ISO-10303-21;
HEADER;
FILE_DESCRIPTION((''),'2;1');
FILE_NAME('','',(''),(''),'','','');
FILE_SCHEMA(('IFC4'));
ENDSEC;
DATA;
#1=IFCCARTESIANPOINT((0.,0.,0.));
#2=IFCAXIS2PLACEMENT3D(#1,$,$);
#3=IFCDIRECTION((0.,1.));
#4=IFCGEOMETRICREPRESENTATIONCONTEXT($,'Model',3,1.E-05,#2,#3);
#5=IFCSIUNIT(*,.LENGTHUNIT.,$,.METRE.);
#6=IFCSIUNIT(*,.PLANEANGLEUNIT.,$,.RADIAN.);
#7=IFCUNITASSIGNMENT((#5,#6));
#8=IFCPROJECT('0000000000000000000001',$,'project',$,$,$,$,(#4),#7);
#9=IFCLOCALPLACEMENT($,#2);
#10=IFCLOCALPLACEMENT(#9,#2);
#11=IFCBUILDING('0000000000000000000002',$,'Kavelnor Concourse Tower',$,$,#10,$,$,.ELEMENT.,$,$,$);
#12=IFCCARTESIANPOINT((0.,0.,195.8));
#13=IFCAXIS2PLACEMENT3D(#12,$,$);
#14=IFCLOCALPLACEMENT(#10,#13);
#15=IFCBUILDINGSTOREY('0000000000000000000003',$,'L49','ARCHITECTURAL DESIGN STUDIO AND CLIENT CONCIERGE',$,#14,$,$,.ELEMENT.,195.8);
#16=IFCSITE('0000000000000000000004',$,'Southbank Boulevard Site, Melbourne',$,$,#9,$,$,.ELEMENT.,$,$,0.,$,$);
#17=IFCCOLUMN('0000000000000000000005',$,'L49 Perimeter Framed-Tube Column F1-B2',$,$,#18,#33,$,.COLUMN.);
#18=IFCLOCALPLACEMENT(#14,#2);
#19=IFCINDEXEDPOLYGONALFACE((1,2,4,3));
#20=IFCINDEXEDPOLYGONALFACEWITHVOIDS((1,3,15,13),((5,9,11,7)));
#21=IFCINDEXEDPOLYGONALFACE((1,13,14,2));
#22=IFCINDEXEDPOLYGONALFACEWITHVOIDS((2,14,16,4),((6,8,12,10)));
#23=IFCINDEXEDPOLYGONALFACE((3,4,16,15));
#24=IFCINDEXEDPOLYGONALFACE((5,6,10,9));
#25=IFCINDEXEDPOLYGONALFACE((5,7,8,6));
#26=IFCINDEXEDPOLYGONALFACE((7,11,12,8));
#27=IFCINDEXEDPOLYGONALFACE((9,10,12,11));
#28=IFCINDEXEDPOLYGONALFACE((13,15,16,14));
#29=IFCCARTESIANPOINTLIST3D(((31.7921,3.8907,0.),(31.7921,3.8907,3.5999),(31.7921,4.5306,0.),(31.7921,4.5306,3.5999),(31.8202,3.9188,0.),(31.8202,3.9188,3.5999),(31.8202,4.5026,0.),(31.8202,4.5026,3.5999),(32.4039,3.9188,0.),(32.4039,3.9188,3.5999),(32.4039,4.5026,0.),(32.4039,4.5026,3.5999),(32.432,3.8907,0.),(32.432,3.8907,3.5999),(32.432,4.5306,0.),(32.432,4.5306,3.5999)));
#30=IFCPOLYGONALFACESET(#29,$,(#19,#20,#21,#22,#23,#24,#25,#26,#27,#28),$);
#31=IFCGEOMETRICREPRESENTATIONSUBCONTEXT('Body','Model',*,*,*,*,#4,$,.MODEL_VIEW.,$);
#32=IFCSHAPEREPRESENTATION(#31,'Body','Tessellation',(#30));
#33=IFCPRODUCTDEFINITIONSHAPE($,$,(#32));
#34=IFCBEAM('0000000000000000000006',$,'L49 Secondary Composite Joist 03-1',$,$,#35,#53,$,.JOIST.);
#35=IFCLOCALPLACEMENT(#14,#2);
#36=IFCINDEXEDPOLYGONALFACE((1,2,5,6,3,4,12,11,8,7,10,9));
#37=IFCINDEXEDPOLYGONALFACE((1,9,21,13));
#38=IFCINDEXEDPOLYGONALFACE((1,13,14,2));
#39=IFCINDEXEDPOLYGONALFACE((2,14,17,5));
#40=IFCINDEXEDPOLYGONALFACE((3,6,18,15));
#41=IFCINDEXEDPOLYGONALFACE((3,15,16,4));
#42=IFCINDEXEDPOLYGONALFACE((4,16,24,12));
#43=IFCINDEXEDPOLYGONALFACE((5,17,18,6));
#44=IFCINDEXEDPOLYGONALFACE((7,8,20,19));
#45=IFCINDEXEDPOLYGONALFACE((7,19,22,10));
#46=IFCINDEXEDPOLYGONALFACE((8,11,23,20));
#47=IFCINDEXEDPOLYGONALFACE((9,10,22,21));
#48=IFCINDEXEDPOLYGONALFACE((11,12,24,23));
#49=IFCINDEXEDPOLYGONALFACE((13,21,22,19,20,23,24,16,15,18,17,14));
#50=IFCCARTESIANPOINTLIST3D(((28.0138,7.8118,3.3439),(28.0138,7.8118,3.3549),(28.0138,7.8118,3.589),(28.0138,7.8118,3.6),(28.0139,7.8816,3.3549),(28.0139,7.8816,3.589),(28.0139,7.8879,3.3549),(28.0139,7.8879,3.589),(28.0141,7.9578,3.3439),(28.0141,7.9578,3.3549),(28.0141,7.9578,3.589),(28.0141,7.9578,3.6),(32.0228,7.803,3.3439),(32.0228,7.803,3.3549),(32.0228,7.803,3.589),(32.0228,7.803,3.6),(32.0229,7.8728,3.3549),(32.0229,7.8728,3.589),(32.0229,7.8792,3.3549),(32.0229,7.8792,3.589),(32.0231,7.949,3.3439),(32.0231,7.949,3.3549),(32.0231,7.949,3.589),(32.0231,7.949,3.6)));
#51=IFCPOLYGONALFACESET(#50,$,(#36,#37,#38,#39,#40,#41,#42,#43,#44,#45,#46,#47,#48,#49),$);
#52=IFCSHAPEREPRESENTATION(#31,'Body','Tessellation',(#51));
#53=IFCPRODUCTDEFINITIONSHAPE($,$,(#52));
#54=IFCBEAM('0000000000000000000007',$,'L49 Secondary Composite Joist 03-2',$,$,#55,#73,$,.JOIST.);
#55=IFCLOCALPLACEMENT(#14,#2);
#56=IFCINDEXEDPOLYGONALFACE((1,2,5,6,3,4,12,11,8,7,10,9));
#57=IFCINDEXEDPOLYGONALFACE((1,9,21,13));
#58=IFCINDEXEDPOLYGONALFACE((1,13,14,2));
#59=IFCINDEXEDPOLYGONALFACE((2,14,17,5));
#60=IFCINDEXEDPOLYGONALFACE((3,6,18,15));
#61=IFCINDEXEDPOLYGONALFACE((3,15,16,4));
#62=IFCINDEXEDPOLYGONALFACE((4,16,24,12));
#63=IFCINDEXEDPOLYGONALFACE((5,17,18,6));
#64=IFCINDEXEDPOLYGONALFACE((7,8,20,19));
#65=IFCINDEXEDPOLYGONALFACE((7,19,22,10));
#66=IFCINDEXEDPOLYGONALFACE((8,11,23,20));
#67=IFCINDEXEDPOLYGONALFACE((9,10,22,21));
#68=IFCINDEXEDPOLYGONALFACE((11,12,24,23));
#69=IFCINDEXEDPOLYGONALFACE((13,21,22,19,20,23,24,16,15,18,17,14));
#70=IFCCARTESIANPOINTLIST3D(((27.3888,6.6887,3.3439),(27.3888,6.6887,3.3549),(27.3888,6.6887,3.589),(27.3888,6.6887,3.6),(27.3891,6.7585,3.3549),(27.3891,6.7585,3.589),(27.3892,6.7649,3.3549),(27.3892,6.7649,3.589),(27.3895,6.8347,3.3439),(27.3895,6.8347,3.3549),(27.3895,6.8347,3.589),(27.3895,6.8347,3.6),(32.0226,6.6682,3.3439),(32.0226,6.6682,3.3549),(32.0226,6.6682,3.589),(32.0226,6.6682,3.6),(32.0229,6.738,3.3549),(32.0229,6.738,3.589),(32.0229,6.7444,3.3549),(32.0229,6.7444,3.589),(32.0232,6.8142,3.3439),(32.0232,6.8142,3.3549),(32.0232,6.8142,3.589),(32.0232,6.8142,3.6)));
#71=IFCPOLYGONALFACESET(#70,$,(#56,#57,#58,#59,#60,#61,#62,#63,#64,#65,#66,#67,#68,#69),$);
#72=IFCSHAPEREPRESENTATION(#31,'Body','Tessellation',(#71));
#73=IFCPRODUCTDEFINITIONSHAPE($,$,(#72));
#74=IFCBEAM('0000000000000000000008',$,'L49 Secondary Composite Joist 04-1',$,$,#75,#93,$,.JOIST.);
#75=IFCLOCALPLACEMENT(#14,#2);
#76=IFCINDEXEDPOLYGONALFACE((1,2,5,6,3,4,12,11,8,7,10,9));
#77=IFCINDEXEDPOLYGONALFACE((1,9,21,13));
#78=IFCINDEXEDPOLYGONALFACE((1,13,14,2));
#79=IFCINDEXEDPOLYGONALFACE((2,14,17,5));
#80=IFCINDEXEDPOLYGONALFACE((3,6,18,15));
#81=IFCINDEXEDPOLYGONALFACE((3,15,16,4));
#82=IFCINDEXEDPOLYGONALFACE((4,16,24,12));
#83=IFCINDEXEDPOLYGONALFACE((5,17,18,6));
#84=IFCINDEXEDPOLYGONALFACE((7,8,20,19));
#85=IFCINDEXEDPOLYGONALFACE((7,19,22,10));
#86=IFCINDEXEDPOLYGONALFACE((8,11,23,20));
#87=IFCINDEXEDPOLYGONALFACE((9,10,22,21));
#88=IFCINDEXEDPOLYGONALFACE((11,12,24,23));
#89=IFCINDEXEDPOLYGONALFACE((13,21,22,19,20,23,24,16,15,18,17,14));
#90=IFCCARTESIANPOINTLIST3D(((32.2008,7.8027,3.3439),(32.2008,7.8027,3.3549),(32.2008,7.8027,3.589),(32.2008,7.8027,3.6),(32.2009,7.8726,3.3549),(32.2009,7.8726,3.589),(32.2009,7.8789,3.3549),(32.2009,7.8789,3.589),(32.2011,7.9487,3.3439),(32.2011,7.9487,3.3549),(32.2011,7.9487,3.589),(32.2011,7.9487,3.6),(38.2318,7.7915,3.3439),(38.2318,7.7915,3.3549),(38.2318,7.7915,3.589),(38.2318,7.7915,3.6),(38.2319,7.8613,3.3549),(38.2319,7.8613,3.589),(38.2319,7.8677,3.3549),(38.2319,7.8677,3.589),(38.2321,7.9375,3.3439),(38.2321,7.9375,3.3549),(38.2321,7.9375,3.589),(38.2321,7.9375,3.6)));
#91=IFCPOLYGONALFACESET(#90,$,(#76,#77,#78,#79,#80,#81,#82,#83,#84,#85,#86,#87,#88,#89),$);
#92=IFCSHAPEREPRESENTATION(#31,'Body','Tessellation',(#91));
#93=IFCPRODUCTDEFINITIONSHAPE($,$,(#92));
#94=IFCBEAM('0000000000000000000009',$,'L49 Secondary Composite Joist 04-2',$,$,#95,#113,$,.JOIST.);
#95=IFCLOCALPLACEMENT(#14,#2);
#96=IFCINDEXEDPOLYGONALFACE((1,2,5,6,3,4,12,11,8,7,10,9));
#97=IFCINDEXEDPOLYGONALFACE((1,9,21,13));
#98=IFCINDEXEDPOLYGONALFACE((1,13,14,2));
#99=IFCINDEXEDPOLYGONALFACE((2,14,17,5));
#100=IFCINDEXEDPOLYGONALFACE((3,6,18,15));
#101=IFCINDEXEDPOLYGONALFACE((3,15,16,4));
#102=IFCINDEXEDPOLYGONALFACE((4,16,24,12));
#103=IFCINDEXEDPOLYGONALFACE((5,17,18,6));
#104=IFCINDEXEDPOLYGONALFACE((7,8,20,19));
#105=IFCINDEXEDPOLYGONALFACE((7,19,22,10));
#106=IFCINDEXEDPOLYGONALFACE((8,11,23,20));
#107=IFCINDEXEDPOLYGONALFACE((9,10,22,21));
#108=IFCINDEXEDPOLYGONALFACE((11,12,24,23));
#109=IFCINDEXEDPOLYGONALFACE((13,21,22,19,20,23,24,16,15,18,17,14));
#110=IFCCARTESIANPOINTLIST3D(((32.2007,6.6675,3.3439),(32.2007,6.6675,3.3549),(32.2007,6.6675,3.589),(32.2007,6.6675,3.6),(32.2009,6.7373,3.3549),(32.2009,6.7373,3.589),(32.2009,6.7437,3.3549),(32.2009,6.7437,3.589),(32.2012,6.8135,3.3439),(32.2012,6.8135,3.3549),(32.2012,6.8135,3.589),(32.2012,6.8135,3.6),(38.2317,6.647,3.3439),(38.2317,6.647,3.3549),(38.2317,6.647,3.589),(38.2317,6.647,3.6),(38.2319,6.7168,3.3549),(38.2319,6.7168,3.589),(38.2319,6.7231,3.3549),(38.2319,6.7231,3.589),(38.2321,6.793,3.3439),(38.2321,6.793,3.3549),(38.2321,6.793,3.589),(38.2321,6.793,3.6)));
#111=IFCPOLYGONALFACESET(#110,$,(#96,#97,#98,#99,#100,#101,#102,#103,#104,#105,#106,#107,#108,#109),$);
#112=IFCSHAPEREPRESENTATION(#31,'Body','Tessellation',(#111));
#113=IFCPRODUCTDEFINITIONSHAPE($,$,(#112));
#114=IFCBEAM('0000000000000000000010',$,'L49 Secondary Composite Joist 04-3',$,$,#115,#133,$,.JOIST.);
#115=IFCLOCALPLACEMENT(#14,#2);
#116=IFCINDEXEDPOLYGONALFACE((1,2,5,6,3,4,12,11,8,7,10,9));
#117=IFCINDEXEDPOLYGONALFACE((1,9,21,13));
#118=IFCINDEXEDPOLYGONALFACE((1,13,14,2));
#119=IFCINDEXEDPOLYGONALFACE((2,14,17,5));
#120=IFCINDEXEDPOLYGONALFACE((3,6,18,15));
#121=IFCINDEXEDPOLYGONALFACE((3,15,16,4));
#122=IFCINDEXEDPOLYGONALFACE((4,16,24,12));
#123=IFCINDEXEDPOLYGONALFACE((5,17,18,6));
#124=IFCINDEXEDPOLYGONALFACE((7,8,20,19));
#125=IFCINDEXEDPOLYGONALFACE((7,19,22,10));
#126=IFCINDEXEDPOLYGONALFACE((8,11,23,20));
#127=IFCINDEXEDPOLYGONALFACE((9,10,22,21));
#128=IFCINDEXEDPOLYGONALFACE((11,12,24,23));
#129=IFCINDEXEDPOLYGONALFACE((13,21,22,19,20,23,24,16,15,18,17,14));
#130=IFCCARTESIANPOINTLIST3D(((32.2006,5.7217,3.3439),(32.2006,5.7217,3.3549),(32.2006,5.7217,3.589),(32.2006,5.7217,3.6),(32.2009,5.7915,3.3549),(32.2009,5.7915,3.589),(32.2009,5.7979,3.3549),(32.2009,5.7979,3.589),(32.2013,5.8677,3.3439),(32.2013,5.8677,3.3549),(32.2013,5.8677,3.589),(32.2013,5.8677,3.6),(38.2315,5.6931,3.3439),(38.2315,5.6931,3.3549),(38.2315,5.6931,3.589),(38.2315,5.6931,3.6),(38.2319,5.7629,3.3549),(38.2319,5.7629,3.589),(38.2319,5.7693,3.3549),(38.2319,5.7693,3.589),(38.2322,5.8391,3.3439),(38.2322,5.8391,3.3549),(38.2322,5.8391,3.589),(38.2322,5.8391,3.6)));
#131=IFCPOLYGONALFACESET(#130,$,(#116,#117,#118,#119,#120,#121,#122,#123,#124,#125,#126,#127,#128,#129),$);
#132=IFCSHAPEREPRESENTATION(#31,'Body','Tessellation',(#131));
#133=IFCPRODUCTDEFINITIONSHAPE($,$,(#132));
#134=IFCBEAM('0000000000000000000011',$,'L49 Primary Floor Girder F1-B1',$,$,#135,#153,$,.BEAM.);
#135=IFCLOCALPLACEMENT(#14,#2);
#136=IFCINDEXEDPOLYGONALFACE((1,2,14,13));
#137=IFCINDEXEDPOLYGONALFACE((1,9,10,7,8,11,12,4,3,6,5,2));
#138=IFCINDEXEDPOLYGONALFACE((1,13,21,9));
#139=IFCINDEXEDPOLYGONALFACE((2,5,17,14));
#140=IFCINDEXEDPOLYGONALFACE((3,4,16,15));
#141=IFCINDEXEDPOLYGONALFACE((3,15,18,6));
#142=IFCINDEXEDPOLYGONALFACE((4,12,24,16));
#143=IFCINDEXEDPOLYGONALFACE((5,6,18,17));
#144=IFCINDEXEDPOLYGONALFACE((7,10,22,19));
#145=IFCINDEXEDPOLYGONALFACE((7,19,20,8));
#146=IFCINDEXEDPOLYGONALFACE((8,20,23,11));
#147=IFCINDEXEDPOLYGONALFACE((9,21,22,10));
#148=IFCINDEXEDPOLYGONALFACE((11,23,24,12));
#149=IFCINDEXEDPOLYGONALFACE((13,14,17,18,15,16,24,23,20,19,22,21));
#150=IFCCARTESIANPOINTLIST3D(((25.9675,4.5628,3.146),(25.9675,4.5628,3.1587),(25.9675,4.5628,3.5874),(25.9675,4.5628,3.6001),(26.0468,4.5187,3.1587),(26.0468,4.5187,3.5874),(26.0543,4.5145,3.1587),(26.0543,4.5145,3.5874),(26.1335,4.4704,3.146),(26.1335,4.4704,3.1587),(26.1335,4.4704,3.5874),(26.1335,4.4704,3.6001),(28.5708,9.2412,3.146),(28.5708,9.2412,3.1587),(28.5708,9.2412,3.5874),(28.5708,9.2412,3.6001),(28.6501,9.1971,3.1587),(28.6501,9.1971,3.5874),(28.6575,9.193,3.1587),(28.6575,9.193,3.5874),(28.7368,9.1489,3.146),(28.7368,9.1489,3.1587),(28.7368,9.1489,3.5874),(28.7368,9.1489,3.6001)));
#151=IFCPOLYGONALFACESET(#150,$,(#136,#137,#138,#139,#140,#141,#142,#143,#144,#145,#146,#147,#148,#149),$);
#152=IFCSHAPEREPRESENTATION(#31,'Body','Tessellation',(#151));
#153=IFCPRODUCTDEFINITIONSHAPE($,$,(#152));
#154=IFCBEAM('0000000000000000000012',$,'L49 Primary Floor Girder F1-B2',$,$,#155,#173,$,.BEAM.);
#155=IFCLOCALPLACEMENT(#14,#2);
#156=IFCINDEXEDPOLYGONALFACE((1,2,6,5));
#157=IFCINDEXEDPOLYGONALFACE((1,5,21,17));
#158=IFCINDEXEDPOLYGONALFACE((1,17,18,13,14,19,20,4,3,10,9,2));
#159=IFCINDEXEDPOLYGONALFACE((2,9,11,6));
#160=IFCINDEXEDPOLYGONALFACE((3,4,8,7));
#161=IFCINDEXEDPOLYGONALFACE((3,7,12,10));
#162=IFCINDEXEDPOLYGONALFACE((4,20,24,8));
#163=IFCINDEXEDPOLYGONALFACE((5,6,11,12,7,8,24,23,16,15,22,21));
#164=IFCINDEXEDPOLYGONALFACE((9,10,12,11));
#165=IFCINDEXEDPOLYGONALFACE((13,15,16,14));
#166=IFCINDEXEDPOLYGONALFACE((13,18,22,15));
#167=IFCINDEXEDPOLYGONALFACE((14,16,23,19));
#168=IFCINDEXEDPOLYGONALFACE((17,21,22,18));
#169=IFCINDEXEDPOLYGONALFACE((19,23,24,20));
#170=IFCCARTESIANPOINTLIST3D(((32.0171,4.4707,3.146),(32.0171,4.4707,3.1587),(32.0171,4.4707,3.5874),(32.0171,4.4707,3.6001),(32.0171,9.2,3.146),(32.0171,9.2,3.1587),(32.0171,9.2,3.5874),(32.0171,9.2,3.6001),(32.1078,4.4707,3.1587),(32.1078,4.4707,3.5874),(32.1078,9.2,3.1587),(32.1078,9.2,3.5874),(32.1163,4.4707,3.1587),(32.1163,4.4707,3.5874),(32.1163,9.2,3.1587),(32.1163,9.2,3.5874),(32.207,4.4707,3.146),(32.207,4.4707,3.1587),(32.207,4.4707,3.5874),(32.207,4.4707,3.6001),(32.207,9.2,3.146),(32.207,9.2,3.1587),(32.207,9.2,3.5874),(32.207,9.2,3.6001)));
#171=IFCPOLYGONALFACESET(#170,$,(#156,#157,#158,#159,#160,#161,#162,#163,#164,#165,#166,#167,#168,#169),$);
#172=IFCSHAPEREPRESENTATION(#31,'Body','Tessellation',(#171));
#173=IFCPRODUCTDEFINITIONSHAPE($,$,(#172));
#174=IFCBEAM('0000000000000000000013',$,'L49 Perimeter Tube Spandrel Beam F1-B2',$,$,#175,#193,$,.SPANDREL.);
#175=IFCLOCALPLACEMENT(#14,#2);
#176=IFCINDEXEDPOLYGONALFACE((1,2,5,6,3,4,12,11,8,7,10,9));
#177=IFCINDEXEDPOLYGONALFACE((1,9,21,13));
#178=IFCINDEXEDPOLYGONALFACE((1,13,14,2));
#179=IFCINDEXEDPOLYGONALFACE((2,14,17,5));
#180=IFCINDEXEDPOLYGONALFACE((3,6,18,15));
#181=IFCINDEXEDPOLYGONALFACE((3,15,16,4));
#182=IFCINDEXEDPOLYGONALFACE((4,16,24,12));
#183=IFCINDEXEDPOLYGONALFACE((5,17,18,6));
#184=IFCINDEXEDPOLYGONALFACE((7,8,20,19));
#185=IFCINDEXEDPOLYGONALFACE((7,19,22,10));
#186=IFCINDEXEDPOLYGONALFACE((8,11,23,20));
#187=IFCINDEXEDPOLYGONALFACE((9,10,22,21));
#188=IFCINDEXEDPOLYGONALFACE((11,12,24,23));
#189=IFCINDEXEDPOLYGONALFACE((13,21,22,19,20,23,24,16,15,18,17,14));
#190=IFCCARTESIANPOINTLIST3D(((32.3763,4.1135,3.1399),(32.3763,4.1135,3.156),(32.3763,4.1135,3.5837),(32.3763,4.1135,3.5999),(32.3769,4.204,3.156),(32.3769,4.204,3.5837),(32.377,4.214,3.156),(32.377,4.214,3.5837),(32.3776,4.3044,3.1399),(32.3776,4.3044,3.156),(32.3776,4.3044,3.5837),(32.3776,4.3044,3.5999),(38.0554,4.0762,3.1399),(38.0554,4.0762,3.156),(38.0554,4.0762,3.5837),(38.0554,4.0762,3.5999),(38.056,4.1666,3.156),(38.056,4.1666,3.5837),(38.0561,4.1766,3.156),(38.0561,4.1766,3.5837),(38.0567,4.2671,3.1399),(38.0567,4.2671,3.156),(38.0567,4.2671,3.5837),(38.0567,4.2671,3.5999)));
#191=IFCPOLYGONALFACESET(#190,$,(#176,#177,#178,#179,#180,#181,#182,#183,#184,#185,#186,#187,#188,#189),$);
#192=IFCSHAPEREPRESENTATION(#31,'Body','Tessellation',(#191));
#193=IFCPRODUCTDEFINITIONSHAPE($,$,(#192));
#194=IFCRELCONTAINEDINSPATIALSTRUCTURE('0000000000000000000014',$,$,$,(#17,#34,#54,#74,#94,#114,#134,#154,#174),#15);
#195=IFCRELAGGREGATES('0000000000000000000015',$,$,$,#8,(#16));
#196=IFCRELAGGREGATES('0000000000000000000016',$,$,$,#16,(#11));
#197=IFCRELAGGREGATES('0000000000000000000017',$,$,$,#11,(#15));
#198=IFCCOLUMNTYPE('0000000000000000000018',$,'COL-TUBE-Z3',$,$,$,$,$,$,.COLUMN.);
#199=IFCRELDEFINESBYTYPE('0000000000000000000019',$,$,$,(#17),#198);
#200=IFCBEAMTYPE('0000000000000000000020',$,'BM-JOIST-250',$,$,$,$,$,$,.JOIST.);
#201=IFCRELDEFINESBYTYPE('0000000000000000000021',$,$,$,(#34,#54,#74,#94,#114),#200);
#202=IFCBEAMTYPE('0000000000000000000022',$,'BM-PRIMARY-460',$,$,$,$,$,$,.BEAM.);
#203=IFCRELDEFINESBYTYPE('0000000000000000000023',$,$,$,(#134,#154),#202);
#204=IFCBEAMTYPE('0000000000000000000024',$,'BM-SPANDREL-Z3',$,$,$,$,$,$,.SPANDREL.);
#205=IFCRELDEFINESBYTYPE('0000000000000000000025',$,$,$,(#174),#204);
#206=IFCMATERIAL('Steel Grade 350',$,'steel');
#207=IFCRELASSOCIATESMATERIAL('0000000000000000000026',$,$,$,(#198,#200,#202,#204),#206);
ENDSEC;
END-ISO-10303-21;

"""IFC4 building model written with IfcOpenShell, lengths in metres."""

from ifc_helpers import new_model, si_unit, direction, frame, origin, origin_2d, place, context, subcontext, project, spatial, hollow_rectangle, i_section, extrude, material, material_profile, profile_set, type_object, element, save


model = new_model("IFC4")

# Units and contexts
model_context = context("Model", 3, precision=1e-05, world=origin(), true_north=direction((0.0, 1.0)))
body_context = subcontext(model_context, "Body", "Model", "MODEL_VIEW")
ifc_project = project(units=[si_unit("LENGTHUNIT", "METRE"), si_unit("PLANEANGLEUNIT", "RADIAN")], contexts=[model_context])

# Site, building, storey
site_placement = place(None, origin())
site = spatial("IfcSite", under=ifc_project, at=site_placement, Name="Southbank Boulevard Site, Melbourne", CompositionType="ELEMENT", RefElevation=0.0)
building_placement = place(site_placement, origin())
building = spatial("IfcBuilding", under=site, at=building_placement, Name="Kavelnor Concourse Tower", CompositionType="ELEMENT")
storey_placement = place(building_placement, frame((0.0, 0.0, 195.8)))
storey = spatial("IfcBuildingStorey", under=building, at=storey_placement, Name="L49", Description="ARCHITECTURAL DESIGN STUDIO AND CLIENT CONCIERGE", CompositionType="ELEMENT", Elevation=195.8)

# Column
ifc_material_1 = material(Name="Steel Grade 350", Category="steel")
ifc_material_profile_1 = material_profile(ifc_material_1, hollow_rectangle(XDim=0.6399, YDim=0.6399, WallThickness=0.0281, at=origin_2d()), Name="SHS 640x640x28")
ifc_profile_set_1 = profile_set([ifc_material_profile_1], Name="Steel Grade 350")
column_type = type_object("IfcColumnType", Name="COL-TUBE-Z3", PredefinedType="COLUMN", material=ifc_profile_set_1)
column_placement = place(storey_placement, frame((32.1121, 4.2107, 0.0), z_axis=(0.0, 0.0, 1.0), x_axis=(1.0, 0.0, 0.0)))
element("IfcColumn", 1, at=column_placement, inside=storey, type_object=column_type, Name="L49 Perimeter Framed-Tube Column F1-B2", PredefinedType="COLUMN", context=body_context, shape_type="SweptSolid", body=[
    extrude(hollow_rectangle(XDim=0.6399, YDim=0.6399, WallThickness=0.0281, at=origin_2d()), origin(), (0.0, 0.0, 1.0), 3.5999),
])

# Beams
ifc_material_profile_2 = material_profile(ifc_material_1, i_section(OverallWidth=0.146, OverallDepth=0.2561, WebThickness=0.0063, FlangeThickness=0.011, at=origin_2d()), Name="250UB37")
ifc_profile_set_2 = profile_set([ifc_material_profile_2], Name="Steel Grade 350")
beam_type_1 = type_object("IfcBeamType", Name="BM-JOIST-250", PredefinedType="JOIST", material=ifc_profile_set_2)
beam_1_placement = place(storey_placement, frame((28.0139, 7.8848, 3.4719), z_axis=(0.999998, -0.002192, 0.0), x_axis=(0.002192, 0.999998, 0.0)))
element("IfcBeam", 2, at=beam_1_placement, inside=storey, type_object=beam_type_1, Name="L49 Secondary Composite Joist 03-1", PredefinedType="JOIST", context=body_context, shape_type="SweptSolid", body=[
    extrude(i_section(OverallWidth=0.146, OverallDepth=0.2561, WebThickness=0.0063, FlangeThickness=0.011, at=origin_2d()), origin(), (0.0, 0.0, 1.0), 4.009),
])
beam_2_placement = place(storey_placement, frame((27.3892, 6.7617, 3.4719), z_axis=(0.99999, -0.004426, 0.0), x_axis=(0.004426, 0.99999, 0.0)))
element("IfcBeam", 3, at=beam_2_placement, inside=storey, type_object=beam_type_1, Name="L49 Secondary Composite Joist 03-2", PredefinedType="JOIST", context=body_context, shape_type="SweptSolid", body=[
    extrude(i_section(OverallWidth=0.146, OverallDepth=0.2561, WebThickness=0.0063, FlangeThickness=0.011, at=origin_2d()), origin(), (0.0, 0.0, 1.0), 4.6338),
])
for number, where, z_axis, x_axis, name in (
    (4, (32.2009, 7.8757, 3.4719), (0.999998, -0.001862, 0.0), (0.001862, 0.999998, 0.0), "L49 Secondary Composite Joist 04-1"),
    (5, (32.2009, 6.7405, 3.4719), (0.999994, -0.0034, 0.0), (0.0034, 0.999994, 0.0), "L49 Secondary Composite Joist 04-2"),
    (6, (32.2009, 5.7947, 3.4719), (0.999989, -0.004736, 0.0), (0.004736, 0.999989, 0.0), "L49 Secondary Composite Joist 04-3"),
):
    element("IfcBeam", number, at=place(storey_placement, frame(where, z_axis=z_axis, x_axis=x_axis)), inside=storey, type_object=beam_type_1, Name=name, PredefinedType="JOIST", context=body_context, shape_type="SweptSolid", body=[
        extrude(i_section(OverallWidth=0.146, OverallDepth=0.2561, WebThickness=0.0063, FlangeThickness=0.011, at=origin_2d()), origin(), (0.0, 0.0, 1.0), 6.031),
    ])
ifc_material_profile_3 = material_profile(ifc_material_1, i_section(OverallWidth=0.1899, OverallDepth=0.4541, WebThickness=0.0085, FlangeThickness=0.0127, at=origin_2d()), Name="460UB67")
ifc_profile_set_3 = profile_set([ifc_material_profile_3], Name="Steel Grade 350")
beam_type_2 = type_object("IfcBeamType", Name="BM-PRIMARY-460", PredefinedType="BEAM", material=ifc_profile_set_3)
beam_3_placement = place(storey_placement, frame((28.6538, 9.1951, 3.373), z_axis=(-0.486231, -0.87383, 0.0), x_axis=(0.87383, -0.486231, 0.0)))
element("IfcBeam", 7, at=beam_3_placement, inside=storey, type_object=beam_type_2, Name="L49 Primary Floor Girder F1-B1", PredefinedType="BEAM", context=body_context, shape_type="SweptSolid", body=[
    extrude(i_section(OverallWidth=0.1899, OverallDepth=0.4541, WebThickness=0.0085, FlangeThickness=0.0127, at=origin_2d()), origin(), (0.0, 0.0, 1.0), 5.354),
])
beam_4_placement = place(storey_placement, frame((32.1121, 9.2, 3.373), z_axis=(0.0, -1.0, 0.0), x_axis=(1.0, 0.0, 0.0)))
element("IfcBeam", 8, at=beam_4_placement, inside=storey, type_object=beam_type_2, Name="L49 Primary Floor Girder F1-B2", PredefinedType="BEAM", context=body_context, shape_type="SweptSolid", body=[
    extrude(i_section(OverallWidth=0.1899, OverallDepth=0.4541, WebThickness=0.0085, FlangeThickness=0.0127, at=origin_2d()), origin(), (0.0, 0.0, 1.0), 4.7292),
])
ifc_material_profile_4 = material_profile(ifc_material_1, i_section(OverallWidth=0.1909, OverallDepth=0.46, WebThickness=0.01, FlangeThickness=0.0161, at=origin_2d()), Name="460UB82")
ifc_profile_set_4 = profile_set([ifc_material_profile_4], Name="Steel Grade 350")
beam_type_3 = type_object("IfcBeamType", Name="BM-SPANDREL-Z3", PredefinedType="SPANDREL", material=ifc_profile_set_4)
beam_5_placement = place(storey_placement, frame((32.377, 4.209, 3.3699), z_axis=(0.999978, -0.006577, 0.0), x_axis=(0.006577, 0.999978, 0.0)))
element("IfcBeam", 9, at=beam_5_placement, inside=storey, type_object=beam_type_3, Name="L49 Perimeter Tube Spandrel Beam F1-B2", PredefinedType="SPANDREL", context=body_context, shape_type="SweptSolid", body=[
    extrude(i_section(OverallWidth=0.1909, OverallDepth=0.46, WebThickness=0.01, FlangeThickness=0.0161, at=origin_2d()), origin(), (0.0, 0.0, 1.0), 5.6792),
])

save(model, "model.ifc")
